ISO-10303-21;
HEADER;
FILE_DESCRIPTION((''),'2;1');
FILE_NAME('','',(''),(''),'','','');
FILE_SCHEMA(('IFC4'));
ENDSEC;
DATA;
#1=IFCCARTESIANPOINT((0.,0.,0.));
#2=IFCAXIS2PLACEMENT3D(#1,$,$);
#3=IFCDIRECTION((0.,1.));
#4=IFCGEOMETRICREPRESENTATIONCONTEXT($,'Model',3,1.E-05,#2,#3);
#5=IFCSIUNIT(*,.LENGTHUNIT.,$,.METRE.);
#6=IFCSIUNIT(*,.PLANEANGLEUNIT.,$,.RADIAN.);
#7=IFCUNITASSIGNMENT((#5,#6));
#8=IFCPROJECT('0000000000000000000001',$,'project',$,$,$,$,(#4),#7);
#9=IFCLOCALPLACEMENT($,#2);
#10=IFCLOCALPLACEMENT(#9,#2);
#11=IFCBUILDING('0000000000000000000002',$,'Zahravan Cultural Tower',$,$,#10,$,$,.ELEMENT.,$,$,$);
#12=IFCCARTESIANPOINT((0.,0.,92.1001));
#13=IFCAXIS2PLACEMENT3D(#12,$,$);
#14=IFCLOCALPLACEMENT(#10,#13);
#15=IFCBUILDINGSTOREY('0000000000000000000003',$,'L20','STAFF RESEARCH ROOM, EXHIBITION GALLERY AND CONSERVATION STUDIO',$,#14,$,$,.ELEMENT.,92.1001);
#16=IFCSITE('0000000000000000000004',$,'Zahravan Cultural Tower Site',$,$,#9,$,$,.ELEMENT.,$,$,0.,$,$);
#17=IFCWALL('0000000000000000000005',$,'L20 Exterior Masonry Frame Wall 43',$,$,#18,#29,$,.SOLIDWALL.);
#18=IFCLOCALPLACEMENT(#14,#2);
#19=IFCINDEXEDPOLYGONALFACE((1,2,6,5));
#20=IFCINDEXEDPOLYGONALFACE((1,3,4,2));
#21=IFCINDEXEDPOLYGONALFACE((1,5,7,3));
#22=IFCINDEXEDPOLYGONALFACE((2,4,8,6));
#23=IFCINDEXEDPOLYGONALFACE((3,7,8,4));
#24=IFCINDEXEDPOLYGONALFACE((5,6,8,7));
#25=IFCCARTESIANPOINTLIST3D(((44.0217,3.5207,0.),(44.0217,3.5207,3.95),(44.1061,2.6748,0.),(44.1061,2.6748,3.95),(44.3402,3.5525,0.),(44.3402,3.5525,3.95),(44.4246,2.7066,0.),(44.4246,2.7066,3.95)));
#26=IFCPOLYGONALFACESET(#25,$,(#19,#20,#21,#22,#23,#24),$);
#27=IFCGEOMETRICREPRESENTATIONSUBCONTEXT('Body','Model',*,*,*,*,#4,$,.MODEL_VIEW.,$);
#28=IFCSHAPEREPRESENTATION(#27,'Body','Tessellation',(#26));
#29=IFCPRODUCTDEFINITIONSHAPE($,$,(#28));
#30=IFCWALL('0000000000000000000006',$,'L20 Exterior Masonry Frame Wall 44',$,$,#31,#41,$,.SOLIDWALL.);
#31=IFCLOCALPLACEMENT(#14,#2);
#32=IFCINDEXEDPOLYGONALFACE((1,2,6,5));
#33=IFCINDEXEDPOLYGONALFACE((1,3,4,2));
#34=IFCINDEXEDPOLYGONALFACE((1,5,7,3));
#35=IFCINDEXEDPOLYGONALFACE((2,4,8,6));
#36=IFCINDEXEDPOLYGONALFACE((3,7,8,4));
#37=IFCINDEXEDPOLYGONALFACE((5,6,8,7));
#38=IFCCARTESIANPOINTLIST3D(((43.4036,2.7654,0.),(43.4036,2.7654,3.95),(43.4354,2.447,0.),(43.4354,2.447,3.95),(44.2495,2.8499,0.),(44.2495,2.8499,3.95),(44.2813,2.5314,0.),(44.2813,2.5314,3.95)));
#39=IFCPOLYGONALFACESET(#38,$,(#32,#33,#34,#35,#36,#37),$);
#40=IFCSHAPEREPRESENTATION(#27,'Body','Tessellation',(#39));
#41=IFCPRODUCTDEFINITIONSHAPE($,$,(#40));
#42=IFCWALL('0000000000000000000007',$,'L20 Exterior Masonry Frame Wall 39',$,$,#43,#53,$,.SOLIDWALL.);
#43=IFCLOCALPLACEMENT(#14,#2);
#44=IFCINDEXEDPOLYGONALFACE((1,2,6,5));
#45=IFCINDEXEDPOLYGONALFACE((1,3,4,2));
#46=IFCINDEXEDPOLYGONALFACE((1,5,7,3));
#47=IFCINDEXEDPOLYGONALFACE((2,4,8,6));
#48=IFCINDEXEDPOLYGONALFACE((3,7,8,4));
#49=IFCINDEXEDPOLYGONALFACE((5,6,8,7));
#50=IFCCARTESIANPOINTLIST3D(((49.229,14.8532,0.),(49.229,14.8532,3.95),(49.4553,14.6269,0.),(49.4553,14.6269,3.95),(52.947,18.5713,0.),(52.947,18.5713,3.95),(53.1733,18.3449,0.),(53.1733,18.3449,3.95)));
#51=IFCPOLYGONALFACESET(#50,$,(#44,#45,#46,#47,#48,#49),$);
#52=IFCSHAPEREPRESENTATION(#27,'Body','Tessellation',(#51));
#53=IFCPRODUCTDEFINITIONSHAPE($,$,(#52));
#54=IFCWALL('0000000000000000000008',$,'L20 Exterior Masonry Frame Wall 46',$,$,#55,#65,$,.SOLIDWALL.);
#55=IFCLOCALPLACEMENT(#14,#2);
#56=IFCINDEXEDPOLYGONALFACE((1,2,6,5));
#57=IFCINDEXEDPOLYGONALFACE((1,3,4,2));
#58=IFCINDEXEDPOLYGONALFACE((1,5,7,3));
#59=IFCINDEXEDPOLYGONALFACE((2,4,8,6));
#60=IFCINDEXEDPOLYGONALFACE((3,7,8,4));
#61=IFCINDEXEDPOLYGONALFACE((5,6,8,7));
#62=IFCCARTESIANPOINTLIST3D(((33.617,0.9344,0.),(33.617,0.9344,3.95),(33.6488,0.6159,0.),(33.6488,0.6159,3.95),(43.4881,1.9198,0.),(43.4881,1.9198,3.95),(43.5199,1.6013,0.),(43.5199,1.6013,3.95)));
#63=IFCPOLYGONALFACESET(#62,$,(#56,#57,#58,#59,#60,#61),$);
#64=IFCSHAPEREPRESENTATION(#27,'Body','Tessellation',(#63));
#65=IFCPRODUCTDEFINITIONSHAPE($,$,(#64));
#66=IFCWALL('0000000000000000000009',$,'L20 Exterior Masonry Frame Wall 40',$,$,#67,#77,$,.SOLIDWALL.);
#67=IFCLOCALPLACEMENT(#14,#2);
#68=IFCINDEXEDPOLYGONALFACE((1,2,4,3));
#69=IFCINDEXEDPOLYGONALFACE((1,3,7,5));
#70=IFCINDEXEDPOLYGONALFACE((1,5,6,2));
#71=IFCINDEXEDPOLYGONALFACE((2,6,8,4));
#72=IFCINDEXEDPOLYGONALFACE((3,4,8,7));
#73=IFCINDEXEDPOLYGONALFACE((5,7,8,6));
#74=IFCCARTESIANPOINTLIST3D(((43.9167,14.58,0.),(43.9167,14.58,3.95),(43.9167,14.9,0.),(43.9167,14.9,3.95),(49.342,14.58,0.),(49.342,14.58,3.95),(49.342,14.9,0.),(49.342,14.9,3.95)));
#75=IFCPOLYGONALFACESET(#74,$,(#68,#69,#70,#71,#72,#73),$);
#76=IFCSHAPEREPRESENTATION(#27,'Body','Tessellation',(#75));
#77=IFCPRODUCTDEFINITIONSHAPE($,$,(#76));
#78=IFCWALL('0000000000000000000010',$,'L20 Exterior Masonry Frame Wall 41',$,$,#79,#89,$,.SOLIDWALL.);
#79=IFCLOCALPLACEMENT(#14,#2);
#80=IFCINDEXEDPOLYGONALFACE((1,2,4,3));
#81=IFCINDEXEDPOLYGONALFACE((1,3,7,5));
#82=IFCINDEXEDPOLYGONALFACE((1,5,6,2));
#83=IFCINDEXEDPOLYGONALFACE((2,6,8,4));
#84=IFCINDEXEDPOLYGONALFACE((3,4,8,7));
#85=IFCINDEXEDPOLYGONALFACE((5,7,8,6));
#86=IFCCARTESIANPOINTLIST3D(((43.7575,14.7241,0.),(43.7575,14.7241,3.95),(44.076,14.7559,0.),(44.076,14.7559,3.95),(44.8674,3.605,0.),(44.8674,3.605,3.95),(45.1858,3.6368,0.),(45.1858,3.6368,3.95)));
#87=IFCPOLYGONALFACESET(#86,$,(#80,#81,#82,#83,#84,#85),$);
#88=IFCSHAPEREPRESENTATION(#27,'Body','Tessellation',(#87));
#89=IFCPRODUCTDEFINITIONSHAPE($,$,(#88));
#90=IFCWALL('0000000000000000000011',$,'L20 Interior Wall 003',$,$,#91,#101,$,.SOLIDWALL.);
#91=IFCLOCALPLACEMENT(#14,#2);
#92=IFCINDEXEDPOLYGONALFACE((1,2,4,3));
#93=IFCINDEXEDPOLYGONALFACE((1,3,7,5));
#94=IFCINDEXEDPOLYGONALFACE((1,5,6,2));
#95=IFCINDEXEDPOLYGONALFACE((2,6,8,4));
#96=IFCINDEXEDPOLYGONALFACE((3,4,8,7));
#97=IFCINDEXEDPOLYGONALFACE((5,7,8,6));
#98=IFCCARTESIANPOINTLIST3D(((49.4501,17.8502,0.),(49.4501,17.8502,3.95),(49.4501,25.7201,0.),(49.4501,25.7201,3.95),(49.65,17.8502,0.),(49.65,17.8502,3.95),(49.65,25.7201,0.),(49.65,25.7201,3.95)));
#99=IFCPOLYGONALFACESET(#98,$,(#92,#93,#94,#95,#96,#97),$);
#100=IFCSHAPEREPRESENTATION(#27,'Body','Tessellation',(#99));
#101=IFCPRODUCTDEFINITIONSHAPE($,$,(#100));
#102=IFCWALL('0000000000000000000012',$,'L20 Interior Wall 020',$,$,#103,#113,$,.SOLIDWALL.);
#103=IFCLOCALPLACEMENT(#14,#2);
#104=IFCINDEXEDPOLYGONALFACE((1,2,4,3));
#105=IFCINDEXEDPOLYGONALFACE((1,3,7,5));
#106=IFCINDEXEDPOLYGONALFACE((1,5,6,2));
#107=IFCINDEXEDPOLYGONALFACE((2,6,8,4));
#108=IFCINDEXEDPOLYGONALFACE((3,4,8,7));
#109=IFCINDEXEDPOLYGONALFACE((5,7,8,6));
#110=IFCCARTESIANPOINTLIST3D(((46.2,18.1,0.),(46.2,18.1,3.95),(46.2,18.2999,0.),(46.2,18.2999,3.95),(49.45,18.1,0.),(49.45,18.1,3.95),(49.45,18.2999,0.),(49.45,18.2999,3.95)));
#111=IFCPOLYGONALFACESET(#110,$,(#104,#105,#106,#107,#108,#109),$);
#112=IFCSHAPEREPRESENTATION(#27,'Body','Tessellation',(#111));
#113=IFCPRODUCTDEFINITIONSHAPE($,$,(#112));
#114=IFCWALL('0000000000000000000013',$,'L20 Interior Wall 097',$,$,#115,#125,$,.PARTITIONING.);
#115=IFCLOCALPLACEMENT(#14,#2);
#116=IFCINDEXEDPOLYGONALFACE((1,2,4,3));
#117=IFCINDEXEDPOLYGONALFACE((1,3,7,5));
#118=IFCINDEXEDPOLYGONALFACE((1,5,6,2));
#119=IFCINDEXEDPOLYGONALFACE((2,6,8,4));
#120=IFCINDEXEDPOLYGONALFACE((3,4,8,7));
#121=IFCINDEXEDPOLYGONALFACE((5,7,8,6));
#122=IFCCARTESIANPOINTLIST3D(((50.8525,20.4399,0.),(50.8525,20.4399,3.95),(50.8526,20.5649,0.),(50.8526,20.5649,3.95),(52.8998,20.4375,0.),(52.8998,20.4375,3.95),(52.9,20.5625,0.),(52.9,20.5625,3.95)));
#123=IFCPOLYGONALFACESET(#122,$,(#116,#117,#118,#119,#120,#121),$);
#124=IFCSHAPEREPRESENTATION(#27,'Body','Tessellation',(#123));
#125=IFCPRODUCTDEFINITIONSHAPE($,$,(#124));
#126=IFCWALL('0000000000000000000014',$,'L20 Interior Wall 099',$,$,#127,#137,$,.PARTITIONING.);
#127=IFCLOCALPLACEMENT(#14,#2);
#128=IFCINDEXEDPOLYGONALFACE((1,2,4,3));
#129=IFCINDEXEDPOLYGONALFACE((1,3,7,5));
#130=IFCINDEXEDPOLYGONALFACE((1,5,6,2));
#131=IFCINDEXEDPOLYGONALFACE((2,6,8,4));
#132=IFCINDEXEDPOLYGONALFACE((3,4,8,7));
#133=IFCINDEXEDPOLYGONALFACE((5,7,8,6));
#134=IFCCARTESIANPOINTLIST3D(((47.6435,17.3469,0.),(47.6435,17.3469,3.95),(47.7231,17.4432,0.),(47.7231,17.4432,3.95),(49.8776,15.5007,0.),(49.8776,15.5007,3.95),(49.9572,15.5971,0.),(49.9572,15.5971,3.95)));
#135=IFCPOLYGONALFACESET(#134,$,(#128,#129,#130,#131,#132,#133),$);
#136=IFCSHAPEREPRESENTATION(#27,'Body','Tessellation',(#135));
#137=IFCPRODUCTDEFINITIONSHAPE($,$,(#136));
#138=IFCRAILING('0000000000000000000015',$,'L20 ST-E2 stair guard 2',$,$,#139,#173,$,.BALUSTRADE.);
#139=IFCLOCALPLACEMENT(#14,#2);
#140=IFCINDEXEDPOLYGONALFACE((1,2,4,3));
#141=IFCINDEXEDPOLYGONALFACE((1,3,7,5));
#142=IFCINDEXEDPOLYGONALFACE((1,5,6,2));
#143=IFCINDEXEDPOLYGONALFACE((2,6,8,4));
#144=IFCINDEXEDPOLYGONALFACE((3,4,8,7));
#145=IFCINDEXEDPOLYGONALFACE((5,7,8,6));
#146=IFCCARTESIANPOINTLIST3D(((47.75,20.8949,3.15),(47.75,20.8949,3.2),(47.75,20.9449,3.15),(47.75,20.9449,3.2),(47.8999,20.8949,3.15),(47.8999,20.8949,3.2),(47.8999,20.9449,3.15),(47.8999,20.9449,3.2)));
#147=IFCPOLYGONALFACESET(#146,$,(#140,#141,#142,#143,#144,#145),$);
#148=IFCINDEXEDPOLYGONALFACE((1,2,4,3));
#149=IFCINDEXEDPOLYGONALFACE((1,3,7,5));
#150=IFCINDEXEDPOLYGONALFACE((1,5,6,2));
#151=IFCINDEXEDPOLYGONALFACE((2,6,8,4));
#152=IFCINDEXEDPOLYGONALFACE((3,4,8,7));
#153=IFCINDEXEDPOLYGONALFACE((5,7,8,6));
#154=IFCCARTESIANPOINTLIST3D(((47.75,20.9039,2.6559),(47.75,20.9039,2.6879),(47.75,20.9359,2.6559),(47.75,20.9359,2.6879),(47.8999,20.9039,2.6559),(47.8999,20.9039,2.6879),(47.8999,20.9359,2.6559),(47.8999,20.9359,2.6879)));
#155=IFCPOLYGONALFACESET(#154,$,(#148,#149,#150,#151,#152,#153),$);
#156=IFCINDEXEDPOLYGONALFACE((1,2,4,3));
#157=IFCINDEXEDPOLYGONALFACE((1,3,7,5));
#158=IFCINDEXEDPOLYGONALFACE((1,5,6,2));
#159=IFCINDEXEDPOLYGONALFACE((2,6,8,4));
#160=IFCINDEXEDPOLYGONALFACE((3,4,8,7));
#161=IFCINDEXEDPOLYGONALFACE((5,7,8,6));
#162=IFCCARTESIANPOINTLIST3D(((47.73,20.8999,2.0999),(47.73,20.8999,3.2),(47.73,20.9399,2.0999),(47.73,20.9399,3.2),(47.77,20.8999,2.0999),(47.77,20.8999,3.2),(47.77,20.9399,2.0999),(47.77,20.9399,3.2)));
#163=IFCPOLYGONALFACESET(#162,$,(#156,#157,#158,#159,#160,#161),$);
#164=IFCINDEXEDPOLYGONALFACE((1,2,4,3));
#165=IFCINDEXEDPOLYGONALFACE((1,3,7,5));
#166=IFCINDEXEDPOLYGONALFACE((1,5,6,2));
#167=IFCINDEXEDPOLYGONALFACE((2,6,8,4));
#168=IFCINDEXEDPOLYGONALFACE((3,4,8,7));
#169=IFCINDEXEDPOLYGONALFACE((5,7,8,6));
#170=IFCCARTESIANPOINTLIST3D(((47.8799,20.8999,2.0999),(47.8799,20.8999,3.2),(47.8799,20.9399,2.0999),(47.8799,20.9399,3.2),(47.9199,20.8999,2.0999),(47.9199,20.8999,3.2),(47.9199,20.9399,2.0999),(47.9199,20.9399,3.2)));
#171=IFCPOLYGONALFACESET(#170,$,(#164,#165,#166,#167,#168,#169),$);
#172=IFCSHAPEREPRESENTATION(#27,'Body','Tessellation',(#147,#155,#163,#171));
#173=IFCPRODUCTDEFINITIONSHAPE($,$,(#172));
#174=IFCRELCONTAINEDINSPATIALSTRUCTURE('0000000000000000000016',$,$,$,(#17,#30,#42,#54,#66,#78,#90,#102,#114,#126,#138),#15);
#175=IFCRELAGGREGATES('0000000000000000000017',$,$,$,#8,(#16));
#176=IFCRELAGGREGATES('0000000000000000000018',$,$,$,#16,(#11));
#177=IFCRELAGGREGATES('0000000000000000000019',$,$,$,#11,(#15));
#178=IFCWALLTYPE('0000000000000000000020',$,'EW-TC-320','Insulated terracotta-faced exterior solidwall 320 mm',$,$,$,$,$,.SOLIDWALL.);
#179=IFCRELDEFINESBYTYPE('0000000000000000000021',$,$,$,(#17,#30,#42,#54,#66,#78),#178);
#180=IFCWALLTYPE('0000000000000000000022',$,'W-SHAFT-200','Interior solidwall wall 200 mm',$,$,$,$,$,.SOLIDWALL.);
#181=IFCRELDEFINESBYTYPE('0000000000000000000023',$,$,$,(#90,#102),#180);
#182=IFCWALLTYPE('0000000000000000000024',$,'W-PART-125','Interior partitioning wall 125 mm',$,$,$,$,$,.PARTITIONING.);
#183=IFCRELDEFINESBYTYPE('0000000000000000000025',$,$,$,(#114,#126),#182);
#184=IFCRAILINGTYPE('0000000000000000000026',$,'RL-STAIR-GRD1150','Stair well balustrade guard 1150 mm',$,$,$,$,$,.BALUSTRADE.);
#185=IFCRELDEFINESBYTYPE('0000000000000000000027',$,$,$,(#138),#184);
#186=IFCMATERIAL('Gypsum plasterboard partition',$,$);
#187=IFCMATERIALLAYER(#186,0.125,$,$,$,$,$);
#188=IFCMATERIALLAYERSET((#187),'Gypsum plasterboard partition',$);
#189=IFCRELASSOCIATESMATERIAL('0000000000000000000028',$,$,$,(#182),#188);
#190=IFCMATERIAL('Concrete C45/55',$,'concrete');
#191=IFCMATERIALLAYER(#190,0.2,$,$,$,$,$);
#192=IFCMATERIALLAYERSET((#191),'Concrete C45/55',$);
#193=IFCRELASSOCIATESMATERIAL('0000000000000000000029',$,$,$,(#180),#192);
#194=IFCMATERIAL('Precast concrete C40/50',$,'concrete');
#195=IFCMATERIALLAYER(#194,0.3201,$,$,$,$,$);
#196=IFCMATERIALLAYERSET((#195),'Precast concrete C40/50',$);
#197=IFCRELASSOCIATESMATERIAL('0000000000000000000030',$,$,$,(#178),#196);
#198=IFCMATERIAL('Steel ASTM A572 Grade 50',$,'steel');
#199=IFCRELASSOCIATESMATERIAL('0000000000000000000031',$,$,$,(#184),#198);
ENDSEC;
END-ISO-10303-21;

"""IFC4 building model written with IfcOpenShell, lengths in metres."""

from ifc_helpers import new_model, si_unit, direction, frame, frame_2d, origin, origin_2d, place, context, subcontext, project, spatial, rectangle, extrude, source, transform, mapped, material, layer, layer_set, type_object, element, save


model = new_model("IFC4")

# Units and contexts
model_context = context("Model", 3, precision=1e-05, world=origin(), true_north=direction((0.0, 1.0)))
body_context = subcontext(model_context, "Body", "Model", "MODEL_VIEW")
ifc_project = project(units=[si_unit("LENGTHUNIT", "METRE"), si_unit("PLANEANGLEUNIT", "RADIAN")], contexts=[model_context])

# Site, building, storey
site_placement = place(None, origin())
site = spatial("IfcSite", under=ifc_project, at=site_placement, Name="Zahravan Cultural Tower Site", CompositionType="ELEMENT", RefElevation=0.0)
building_placement = place(site_placement, origin())
building = spatial("IfcBuilding", under=site, at=building_placement, Name="Zahravan Cultural Tower", CompositionType="ELEMENT")
storey_placement = place(building_placement, frame((0.0, 0.0, 92.1001)))
storey = spatial("IfcBuildingStorey", under=building, at=storey_placement, Name="L20", Description="STAFF RESEARCH ROOM, EXHIBITION GALLERY AND CONSERVATION STUDIO", CompositionType="ELEMENT", Elevation=92.1001)

# Shared definitions
ifc_material_1 = material(Name="Gypsum plasterboard partition")
ifc_layer_1 = layer(ifc_material_1, 0.125)
ifc_layer_set_1 = layer_set([ifc_layer_1], Name="Gypsum plasterboard partition")
wall_type_1 = type_object("IfcWallType", Name="W-PART-125", Description="Interior partitioning wall 125 mm", PredefinedType="PARTITIONING", material=ifc_layer_set_1)
ifc_material_2 = material(Name="Concrete C45/55", Category="concrete")
ifc_layer_2 = layer(ifc_material_2, 0.2)
ifc_layer_set_2 = layer_set([ifc_layer_2], Name="Concrete C45/55")
wall_type_2 = type_object("IfcWallType", Name="W-SHAFT-200", Description="Interior solidwall wall 200 mm", PredefinedType="SOLIDWALL", material=ifc_layer_set_2)
ifc_material_3 = material(Name="Steel ASTM A572 Grade 50", Category="steel")

# Walls
ifc_material_4 = material(Name="Precast concrete C40/50", Category="concrete")
ifc_layer_3 = layer(ifc_material_4, 0.3201)
ifc_layer_set_3 = layer_set([ifc_layer_3], Name="Precast concrete C40/50")
wall_type_3 = type_object("IfcWallType", Name="EW-TC-320", Description="Insulated terracotta-faced exterior solidwall 320 mm", PredefinedType="SOLIDWALL", material=ifc_layer_set_3)
shared_shape_1 = source(origin(), body_context, "Body", "SweptSolid", [
    extrude(rectangle(XDim=0.8501, YDim=0.3201, at=frame_2d((0.425, 0.0))), origin(), (0.0, 0.0, 1.0), 3.95),
])
for number, where, z_axis, x_axis, name in (
    (1, (44.1809, 3.5366, 0.0), (0.0, 0.0, 1.0), (0.099362, -0.995051, 0.0), "L20 Exterior Masonry Frame Wall 43"),
    (2, (44.2654, 2.6907, 0.0), (0.0, 0.0, 1.0), (-0.995051, -0.099362, 0.0), "L20 Exterior Masonry Frame Wall 44"),
):
    element("IfcWall", number, at=place(storey_placement, frame(where, z_axis=z_axis, x_axis=x_axis)), inside=storey, type_object=wall_type_3, Name=name, PredefinedType="SOLIDWALL", context=body_context, shape_type="MappedRepresentation", body=[
        mapped(shared_shape_1, transform((0.0, 0.0, 0.0), x_axis=(1.0, 0.0, 0.0), y_axis=(0.0, 1.0, 0.0), z_axis=(0.0, 0.0, 1.0), scale=1.0)),
    ])
shared_shape_2 = source(origin(), body_context, "Body", "SweptSolid", [
    extrude(rectangle(XDim=5.2581, YDim=0.3201, at=frame_2d((2.6289, 0.0))), origin(), (0.0, 0.0, 1.0), 3.95),
])
wall_1_placement = place(storey_placement, frame((53.0601, 18.458, 0.0), z_axis=(0.0, 0.0, 1.0), x_axis=(-0.707107, -0.707107, 0.0)))
element("IfcWall", 3, at=wall_1_placement, inside=storey, type_object=wall_type_3, Name="L20 Exterior Masonry Frame Wall 39", PredefinedType="SOLIDWALL", context=body_context, shape_type="MappedRepresentation", body=[
    mapped(shared_shape_2, transform((0.0, 0.0, 0.0), x_axis=(1.0, 0.0, 0.0), y_axis=(0.0, 1.0, 0.0), z_axis=(0.0, 0.0, 1.0), scale=1.0)),
])
shared_shape_3 = source(origin(), body_context, "Body", "SweptSolid", [
    extrude(rectangle(XDim=9.9202, YDim=0.3201, at=frame_2d((4.96, 0.0))), origin(), (0.0, 0.0, 1.0), 3.95),
])
wall_2_placement = place(storey_placement, frame((43.5039, 1.7605, 0.0), z_axis=(0.0, 0.0, 1.0), x_axis=(-0.995055, -0.099328, 0.0)))
element("IfcWall", 4, at=wall_2_placement, inside=storey, type_object=wall_type_3, Name="L20 Exterior Masonry Frame Wall 46", PredefinedType="SOLIDWALL", context=body_context, shape_type="MappedRepresentation", body=[
    mapped(shared_shape_3, transform((0.0, 0.0, 0.0), x_axis=(1.0, 0.0, 0.0), y_axis=(0.0, 1.0, 0.0), z_axis=(0.0, 0.0, 1.0), scale=1.0)),
])
shared_shape_4 = source(origin(), body_context, "Body", "SweptSolid", [
    extrude(rectangle(XDim=5.4253, YDim=0.3201, at=frame_2d((2.7126, 0.0))), origin(), (0.0, 0.0, 1.0), 3.95),
])
wall_3_placement = place(storey_placement, frame((49.342, 14.74, 0.0), z_axis=(0.0, 0.0, 1.0), x_axis=(-1.0, 0.0, 0.0)))
element("IfcWall", 5, at=wall_3_placement, inside=storey, type_object=wall_type_3, Name="L20 Exterior Masonry Frame Wall 40", PredefinedType="SOLIDWALL", context=body_context, shape_type="MappedRepresentation", body=[
    mapped(shared_shape_4, transform((0.0, 0.0, 0.0), x_axis=(1.0, 0.0, 0.0), y_axis=(0.0, 1.0, 0.0), z_axis=(0.0, 0.0, 1.0), scale=1.0)),
])
shared_shape_5 = source(origin(), body_context, "Body", "SweptSolid", [
    extrude(rectangle(XDim=11.1743, YDim=0.3201, at=frame_2d((5.5872, 0.0))), origin(), (0.0, 0.0, 1.0), 3.95),
])
wall_4_placement = place(storey_placement, frame((43.9167, 14.74, 0.0), z_axis=(0.0, 0.0, 1.0), x_axis=(0.099322, -0.995055, 0.0)))
element("IfcWall", 6, at=wall_4_placement, inside=storey, type_object=wall_type_3, Name="L20 Exterior Masonry Frame Wall 41", PredefinedType="SOLIDWALL", context=body_context, shape_type="MappedRepresentation", body=[
    mapped(shared_shape_5, transform((0.0, 0.0, 0.0), x_axis=(1.0, 0.0, 0.0), y_axis=(0.0, 1.0, 0.0), z_axis=(0.0, 0.0, 1.0), scale=1.0)),
])
shared_shape_6 = source(origin(), body_context, "Body", "SweptSolid", [
    extrude(rectangle(XDim=7.8699, YDim=0.2, at=frame_2d((3.9351, 0.0))), origin(), (0.0, 0.0, 1.0), 3.95),
])
wall_5_placement = place(storey_placement, frame((49.55, 17.8501, 0.0), z_axis=(0.0, 0.0, 1.0), x_axis=(0.0, 1.0, 0.0)))
element("IfcWall", 7, at=wall_5_placement, inside=storey, type_object=wall_type_2, Name="L20 Interior Wall 003", PredefinedType="SOLIDWALL", context=body_context, shape_type="MappedRepresentation", body=[
    mapped(shared_shape_6, transform((0.0, 0.0, 0.0), x_axis=(1.0, 0.0, 0.0), y_axis=(0.0, 1.0, 0.0), z_axis=(0.0, 0.0, 1.0), scale=1.0)),
])
shared_shape_7 = source(origin(), body_context, "Body", "SweptSolid", [
    extrude(rectangle(XDim=3.25, YDim=0.2, at=frame_2d((1.625, 0.0))), origin(), (0.0, 0.0, 1.0), 3.95),
])
wall_6_placement = place(storey_placement, frame((46.2, 18.2, 0.0), z_axis=(0.0, 0.0, 1.0), x_axis=(1.0, 0.0, 0.0)))
element("IfcWall", 8, at=wall_6_placement, inside=storey, type_object=wall_type_2, Name="L20 Interior Wall 020", PredefinedType="SOLIDWALL", context=body_context, shape_type="MappedRepresentation", body=[
    mapped(shared_shape_7, transform((0.0, 0.0, 0.0), x_axis=(1.0, 0.0, 0.0), y_axis=(0.0, 1.0, 0.0), z_axis=(0.0, 0.0, 1.0), scale=1.0)),
])
shared_shape_8 = source(origin(), body_context, "Body", "SweptSolid", [
    extrude(rectangle(XDim=2.0474, YDim=0.125, at=frame_2d((1.0237, 0.0))), origin(), (0.0, 0.0, 1.0), 3.95),
])
wall_7_placement = place(storey_placement, frame((50.8525, 20.5024, 0.0), z_axis=(0.0, 0.0, 1.0), x_axis=(0.999999, -0.001192, 0.0)))
element("IfcWall", 9, at=wall_7_placement, inside=storey, type_object=wall_type_1, Name="L20 Interior Wall 097", PredefinedType="PARTITIONING", context=body_context, shape_type="MappedRepresentation", body=[
    mapped(shared_shape_8, transform((0.0, 0.0, 0.0), x_axis=(1.0, 0.0, 0.0), y_axis=(0.0, 1.0, 0.0), z_axis=(0.0, 0.0, 1.0), scale=1.0)),
])
shared_shape_9 = source(origin(), body_context, "Body", "SweptSolid", [
    extrude(rectangle(XDim=2.8982, YDim=0.125, at=frame_2d((1.4492, 0.0))), origin(), (0.0, 0.0, 1.0), 3.95),
])
wall_8_placement = place(storey_placement, frame((49.9175, 15.5488, 0.0), z_axis=(0.0, 0.0, 1.0), x_axis=(-0.770859, 0.637006, 0.0)))
element("IfcWall", 10, at=wall_8_placement, inside=storey, type_object=wall_type_1, Name="L20 Interior Wall 099", PredefinedType="PARTITIONING", context=body_context, shape_type="MappedRepresentation", body=[
    mapped(shared_shape_9, transform((0.0, 0.0, 0.0), x_axis=(1.0, 0.0, 0.0), y_axis=(0.0, 1.0, 0.0), z_axis=(0.0, 0.0, 1.0), scale=1.0)),
])

# Railing
railing_type = type_object("IfcRailingType", Name="RL-STAIR-GRD1150", Description="Stair well balustrade guard 1150 mm", PredefinedType="BALUSTRADE", material=ifc_material_3)
railing_1_placement = place(storey_placement, frame((47.75, 20.9199, 2.0999)))
element("IfcRailing", 11, at=railing_1_placement, inside=storey, type_object=railing_type, Name="L20 ST-E2 stair guard 2", PredefinedType="BALUSTRADE", context=body_context, shape_type="SweptSolid", body=[
    extrude(rectangle(XDim=0.05, YDim=0.05, at=origin_2d()), frame((0.0, 0.0, 1.0752), z_axis=(1.0, 0.0, 0.0), x_axis=(0.0, 1.0, 0.0)), (0.0, 0.0, 1.0), 0.1499),
    extrude(rectangle(XDim=0.032, YDim=0.032, at=origin_2d()), frame((0.0, 0.0, 0.572), z_axis=(1.0, 0.0, 0.0), x_axis=(0.0, 1.0, 0.0)), (0.0, 0.0, 1.0), 0.1499),
    extrude(rectangle(XDim=0.04, YDim=0.04, at=origin_2d()), origin(), (0.0, 0.0, 1.0), 1.1001),
    extrude(rectangle(XDim=0.04, YDim=0.04, at=origin_2d()), frame((0.1499, 0.0, 0.0)), (0.0, 0.0, 1.0), 1.1001),
])

save(model, "model.ifc")
